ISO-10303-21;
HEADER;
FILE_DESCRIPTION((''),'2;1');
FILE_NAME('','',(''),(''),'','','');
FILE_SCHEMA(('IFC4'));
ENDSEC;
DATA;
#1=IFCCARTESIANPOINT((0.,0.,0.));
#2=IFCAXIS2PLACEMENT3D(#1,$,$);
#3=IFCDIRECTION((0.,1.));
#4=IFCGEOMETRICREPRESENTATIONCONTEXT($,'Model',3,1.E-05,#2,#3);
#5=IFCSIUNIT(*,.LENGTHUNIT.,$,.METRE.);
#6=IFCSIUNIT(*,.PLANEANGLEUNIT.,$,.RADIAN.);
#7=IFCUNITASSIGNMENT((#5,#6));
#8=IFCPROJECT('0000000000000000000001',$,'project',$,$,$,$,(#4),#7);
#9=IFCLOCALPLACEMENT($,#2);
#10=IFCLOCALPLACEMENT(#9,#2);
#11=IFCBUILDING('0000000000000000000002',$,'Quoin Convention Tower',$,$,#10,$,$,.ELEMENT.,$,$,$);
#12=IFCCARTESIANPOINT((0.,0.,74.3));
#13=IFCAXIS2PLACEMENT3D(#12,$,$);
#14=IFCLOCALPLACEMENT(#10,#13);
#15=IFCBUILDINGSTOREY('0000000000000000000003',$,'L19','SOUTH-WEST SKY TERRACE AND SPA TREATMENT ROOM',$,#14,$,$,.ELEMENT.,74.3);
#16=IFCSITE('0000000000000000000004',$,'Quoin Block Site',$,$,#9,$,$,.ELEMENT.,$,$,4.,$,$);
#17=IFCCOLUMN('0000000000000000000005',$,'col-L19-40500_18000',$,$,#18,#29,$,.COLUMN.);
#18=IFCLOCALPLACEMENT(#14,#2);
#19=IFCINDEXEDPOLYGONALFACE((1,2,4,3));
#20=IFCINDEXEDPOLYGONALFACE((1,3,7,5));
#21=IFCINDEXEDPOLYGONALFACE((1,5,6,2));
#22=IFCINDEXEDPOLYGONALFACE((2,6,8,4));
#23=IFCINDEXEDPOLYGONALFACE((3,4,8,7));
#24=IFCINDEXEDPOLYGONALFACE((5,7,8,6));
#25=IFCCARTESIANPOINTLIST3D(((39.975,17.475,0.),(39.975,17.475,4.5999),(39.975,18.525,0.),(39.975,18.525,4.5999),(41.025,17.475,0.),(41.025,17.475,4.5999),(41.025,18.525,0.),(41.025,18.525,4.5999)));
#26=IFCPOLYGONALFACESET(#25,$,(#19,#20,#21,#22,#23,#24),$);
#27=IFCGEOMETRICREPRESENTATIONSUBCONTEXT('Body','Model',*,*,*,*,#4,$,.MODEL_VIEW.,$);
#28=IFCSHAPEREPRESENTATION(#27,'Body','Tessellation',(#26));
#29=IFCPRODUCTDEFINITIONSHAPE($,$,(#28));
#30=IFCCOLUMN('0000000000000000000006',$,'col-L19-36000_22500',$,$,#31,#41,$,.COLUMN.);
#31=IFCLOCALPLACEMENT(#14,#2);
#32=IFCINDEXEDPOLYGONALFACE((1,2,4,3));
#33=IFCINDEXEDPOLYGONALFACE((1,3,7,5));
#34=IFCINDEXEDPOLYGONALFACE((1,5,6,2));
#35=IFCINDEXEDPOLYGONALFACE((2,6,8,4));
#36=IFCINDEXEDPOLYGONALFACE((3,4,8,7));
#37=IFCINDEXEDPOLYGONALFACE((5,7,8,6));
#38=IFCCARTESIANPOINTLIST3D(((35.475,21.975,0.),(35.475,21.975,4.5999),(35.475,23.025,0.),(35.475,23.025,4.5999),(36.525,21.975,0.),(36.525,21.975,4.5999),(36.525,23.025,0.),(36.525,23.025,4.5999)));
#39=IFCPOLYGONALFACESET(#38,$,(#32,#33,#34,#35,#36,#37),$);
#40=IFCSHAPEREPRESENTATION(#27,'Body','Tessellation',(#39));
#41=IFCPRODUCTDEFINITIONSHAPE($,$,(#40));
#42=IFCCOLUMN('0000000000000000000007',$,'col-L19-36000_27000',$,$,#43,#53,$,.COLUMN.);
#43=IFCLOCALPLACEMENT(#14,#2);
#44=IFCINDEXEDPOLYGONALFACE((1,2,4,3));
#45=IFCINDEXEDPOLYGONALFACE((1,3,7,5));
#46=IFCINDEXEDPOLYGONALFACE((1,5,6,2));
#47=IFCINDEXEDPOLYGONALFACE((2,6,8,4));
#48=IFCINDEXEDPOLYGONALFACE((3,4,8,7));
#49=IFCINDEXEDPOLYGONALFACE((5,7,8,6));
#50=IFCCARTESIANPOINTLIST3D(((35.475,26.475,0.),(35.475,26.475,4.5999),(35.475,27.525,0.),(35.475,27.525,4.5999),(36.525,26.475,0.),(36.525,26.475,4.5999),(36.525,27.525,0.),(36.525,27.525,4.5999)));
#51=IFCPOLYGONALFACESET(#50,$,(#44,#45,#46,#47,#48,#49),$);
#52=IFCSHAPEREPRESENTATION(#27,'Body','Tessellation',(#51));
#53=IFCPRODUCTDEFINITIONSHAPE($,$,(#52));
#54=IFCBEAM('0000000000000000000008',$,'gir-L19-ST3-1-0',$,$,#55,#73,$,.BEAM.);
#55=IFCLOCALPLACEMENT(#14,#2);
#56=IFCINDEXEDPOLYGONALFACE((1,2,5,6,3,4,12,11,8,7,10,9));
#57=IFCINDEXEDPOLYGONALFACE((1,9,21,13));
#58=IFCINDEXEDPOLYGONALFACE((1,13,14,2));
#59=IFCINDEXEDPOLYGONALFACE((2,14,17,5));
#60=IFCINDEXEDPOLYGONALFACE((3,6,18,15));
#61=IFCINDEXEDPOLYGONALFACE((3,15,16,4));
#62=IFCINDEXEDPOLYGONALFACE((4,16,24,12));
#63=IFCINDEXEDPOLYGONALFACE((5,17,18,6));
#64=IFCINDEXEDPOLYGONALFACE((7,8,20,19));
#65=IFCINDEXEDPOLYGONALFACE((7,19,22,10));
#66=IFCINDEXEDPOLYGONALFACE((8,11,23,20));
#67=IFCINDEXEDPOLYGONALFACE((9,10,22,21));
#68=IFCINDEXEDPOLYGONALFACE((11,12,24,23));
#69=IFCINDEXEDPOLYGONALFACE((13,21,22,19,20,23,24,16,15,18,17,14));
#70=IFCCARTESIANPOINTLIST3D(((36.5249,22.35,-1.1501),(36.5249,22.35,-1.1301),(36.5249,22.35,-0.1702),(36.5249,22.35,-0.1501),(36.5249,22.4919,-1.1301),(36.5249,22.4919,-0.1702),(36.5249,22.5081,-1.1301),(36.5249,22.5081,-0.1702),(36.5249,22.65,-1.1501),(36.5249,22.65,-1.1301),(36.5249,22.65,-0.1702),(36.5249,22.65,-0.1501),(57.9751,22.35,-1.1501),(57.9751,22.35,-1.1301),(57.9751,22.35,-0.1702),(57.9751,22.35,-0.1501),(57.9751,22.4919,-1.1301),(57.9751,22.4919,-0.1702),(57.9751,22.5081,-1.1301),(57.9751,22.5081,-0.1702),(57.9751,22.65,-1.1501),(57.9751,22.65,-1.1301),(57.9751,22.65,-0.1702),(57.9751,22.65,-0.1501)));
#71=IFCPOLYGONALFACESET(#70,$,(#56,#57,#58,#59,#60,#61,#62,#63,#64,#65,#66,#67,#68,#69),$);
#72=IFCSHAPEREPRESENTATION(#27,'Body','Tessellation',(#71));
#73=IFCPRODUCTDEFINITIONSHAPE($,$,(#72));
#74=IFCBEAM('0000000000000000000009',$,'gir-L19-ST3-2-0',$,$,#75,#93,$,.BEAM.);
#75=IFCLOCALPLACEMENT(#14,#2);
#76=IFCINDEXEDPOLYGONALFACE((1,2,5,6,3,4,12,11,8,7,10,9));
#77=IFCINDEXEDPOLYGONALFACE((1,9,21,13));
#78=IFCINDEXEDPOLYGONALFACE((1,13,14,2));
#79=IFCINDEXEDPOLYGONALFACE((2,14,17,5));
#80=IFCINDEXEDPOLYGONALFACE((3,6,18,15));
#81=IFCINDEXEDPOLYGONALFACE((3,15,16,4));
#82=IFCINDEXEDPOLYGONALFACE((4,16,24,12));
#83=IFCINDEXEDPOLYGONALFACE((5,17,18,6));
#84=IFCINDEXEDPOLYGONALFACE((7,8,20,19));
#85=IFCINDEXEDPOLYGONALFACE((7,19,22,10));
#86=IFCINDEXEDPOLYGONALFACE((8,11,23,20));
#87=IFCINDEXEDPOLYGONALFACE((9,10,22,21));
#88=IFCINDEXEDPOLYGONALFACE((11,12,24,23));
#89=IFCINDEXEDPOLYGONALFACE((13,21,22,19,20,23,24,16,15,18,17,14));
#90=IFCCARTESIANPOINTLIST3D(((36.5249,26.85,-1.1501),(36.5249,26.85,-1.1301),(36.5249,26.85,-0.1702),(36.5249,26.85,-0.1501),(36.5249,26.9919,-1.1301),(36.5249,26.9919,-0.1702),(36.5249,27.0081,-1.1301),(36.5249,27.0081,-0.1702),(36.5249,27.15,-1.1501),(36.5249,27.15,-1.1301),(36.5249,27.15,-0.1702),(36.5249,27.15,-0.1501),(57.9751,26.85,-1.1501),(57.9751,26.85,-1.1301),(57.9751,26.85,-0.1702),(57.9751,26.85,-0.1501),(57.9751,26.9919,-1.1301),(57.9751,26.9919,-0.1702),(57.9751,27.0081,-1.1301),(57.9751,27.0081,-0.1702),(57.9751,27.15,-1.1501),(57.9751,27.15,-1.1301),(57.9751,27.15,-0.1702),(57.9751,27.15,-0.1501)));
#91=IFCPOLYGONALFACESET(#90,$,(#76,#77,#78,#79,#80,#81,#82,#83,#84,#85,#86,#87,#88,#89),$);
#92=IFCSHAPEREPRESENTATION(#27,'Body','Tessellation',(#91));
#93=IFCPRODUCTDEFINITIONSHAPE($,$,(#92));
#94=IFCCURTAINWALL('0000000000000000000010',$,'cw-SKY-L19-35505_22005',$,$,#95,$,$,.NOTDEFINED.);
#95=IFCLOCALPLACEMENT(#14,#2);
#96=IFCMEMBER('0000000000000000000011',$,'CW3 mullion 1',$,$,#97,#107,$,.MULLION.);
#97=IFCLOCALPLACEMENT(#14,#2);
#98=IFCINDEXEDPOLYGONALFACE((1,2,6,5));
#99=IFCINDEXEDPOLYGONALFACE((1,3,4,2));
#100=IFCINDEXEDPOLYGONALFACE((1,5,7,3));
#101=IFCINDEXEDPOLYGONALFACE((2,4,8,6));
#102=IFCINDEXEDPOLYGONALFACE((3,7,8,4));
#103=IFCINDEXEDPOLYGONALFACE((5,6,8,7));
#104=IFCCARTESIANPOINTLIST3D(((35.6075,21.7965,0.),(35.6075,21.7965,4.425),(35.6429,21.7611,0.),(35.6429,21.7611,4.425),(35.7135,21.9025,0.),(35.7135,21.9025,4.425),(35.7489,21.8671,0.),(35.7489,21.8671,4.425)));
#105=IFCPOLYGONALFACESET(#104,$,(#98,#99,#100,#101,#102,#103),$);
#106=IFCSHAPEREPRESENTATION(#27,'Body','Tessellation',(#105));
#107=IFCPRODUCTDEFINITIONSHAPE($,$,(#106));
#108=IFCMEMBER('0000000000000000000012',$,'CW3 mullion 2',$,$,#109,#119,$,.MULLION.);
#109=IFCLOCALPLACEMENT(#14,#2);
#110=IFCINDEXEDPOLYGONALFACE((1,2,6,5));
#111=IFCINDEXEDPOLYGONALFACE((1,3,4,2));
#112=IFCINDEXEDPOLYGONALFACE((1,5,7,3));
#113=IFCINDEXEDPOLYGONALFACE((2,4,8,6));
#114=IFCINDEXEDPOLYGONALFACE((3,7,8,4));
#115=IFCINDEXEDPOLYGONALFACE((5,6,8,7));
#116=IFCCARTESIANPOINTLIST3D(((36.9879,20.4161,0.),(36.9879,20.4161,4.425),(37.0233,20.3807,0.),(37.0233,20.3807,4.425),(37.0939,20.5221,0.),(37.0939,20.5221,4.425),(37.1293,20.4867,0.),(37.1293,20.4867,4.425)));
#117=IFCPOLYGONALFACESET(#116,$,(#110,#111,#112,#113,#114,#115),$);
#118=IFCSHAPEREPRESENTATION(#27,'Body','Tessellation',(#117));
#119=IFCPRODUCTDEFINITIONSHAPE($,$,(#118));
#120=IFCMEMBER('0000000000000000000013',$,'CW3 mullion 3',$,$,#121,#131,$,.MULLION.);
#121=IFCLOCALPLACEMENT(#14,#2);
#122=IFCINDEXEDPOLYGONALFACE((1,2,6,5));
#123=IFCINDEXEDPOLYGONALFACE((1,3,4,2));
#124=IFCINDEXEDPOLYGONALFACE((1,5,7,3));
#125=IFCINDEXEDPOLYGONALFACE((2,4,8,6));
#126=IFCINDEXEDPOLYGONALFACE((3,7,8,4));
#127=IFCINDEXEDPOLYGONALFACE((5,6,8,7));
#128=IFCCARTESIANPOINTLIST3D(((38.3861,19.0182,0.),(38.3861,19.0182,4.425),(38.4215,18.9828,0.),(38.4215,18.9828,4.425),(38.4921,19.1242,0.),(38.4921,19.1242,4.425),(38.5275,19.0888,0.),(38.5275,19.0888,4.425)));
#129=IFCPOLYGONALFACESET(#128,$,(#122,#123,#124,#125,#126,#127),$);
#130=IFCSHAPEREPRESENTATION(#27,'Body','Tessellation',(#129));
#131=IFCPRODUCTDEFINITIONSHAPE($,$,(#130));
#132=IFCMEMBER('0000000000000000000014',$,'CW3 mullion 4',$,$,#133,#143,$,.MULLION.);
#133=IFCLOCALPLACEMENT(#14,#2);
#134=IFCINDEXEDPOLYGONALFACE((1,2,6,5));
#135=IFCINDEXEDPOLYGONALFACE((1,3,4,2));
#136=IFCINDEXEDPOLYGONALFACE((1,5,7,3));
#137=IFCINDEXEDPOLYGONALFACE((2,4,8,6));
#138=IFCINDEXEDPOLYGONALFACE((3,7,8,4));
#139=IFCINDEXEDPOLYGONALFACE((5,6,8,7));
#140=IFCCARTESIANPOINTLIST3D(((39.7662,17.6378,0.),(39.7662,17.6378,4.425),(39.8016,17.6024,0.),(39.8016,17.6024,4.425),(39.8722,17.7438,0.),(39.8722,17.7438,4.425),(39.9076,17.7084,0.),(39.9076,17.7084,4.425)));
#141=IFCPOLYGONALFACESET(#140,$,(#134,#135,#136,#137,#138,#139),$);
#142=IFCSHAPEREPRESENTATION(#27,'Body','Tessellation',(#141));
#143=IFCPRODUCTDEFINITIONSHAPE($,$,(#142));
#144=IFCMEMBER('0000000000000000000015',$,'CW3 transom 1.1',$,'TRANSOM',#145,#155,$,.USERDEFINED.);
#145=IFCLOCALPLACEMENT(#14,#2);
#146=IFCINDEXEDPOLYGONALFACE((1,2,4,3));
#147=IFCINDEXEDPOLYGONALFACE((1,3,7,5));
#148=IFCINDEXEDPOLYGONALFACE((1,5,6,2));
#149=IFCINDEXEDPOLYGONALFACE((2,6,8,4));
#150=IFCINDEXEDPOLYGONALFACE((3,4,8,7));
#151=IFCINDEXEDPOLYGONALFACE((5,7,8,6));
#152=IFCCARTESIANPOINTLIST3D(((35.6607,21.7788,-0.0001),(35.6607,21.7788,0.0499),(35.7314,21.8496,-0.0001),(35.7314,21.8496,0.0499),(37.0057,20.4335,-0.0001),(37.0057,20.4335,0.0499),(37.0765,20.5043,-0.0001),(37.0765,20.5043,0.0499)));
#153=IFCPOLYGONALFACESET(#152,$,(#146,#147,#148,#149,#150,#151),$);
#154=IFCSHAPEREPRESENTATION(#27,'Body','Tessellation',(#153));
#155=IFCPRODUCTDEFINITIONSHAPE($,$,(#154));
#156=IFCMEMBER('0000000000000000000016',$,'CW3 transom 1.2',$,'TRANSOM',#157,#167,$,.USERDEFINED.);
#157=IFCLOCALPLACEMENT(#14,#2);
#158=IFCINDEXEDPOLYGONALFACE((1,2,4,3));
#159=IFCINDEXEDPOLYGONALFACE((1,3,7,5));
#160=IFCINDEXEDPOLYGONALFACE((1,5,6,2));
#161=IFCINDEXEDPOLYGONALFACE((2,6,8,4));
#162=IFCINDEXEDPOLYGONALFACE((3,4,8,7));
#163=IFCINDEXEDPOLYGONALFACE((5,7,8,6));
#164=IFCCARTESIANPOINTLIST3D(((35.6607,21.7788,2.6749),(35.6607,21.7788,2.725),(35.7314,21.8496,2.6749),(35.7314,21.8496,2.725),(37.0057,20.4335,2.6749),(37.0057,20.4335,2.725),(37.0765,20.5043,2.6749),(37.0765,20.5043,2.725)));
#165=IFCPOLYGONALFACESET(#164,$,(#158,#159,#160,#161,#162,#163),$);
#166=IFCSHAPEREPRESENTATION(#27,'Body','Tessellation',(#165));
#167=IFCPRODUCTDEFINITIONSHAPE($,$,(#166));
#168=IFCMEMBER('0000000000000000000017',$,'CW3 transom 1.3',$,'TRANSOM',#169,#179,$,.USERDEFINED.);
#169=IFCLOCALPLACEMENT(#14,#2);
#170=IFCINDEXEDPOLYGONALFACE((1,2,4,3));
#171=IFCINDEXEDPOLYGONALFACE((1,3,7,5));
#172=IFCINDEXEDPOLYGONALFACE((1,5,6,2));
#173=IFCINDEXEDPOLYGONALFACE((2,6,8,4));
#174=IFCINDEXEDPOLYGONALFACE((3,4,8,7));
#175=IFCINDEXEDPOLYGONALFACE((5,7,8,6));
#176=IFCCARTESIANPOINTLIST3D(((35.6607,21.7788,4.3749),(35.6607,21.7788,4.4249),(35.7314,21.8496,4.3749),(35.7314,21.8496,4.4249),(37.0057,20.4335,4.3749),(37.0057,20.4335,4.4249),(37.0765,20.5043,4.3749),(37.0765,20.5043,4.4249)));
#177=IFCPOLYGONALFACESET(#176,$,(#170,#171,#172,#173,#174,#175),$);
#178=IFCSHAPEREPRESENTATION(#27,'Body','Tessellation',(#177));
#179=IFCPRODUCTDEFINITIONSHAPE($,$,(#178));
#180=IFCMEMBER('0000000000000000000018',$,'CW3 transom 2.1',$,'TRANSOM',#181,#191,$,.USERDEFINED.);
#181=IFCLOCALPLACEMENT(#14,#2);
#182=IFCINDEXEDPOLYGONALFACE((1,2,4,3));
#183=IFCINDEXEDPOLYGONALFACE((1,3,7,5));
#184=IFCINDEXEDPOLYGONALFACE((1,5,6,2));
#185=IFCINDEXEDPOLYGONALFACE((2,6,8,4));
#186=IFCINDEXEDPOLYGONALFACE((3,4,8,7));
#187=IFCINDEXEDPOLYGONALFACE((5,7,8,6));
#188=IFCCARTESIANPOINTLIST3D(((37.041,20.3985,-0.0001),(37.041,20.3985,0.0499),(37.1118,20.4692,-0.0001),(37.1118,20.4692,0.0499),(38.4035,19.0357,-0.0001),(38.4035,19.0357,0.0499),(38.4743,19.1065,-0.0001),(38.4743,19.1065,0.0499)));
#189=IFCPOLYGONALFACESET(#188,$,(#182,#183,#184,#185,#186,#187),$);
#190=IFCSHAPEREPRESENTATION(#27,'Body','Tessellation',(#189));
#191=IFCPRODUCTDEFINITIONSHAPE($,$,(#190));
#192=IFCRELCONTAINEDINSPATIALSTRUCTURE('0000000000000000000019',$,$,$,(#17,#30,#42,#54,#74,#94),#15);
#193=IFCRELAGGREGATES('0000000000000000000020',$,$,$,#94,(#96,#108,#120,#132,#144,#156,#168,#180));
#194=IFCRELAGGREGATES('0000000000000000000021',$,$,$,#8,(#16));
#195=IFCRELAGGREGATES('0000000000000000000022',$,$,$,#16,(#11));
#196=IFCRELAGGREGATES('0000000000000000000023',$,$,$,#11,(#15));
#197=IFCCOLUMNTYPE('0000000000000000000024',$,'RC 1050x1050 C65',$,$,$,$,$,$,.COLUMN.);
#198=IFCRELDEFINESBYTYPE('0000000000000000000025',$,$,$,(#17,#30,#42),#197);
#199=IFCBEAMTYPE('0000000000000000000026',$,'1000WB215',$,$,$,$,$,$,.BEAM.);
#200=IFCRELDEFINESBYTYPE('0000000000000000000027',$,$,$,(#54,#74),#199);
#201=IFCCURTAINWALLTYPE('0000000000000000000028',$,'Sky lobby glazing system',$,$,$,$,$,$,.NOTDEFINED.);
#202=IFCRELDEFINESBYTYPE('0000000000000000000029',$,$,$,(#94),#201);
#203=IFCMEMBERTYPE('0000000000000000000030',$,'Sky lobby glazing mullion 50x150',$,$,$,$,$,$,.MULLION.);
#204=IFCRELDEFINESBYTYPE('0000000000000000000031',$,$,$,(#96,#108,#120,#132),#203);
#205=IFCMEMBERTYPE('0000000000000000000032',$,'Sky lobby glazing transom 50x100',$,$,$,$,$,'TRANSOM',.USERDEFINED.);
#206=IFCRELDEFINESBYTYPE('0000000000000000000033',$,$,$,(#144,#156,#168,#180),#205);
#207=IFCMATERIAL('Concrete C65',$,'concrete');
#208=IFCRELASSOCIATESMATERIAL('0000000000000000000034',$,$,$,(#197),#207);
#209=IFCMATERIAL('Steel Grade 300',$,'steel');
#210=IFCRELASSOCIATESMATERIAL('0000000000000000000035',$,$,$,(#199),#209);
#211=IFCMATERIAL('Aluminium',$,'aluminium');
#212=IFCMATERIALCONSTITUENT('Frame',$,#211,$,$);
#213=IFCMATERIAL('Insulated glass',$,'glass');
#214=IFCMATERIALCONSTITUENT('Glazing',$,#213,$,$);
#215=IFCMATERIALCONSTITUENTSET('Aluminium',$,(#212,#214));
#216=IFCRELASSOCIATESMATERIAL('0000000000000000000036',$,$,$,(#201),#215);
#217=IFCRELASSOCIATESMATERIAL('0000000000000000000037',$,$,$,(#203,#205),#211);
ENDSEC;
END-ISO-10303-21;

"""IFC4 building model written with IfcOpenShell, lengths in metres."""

from ifc_helpers import new_model, si_unit, direction, frame, origin, origin_2d, place, context, subcontext, project, spatial, rectangle, i_section, extrude, material, constituent, constituent_set, material_profile, profile_set, type_object, element, aggregate, save


model = new_model("IFC4")

# Units and contexts
model_context = context("Model", 3, precision=1e-05, world=origin(), true_north=direction((0.0, 1.0)))
body_context = subcontext(model_context, "Body", "Model", "MODEL_VIEW")
ifc_project = project(units=[si_unit("LENGTHUNIT", "METRE"), si_unit("PLANEANGLEUNIT", "RADIAN")], contexts=[model_context])

# Site, building, storey
site_placement = place(None, origin())
site = spatial("IfcSite", under=ifc_project, at=site_placement, Name="Quoin Block Site", CompositionType="ELEMENT", RefElevation=4.0)
building_placement = place(site_placement, origin())
building = spatial("IfcBuilding", under=site, at=building_placement, Name="Quoin Convention Tower", CompositionType="ELEMENT")
storey_placement = place(building_placement, frame((0.0, 0.0, 74.3)))
storey = spatial("IfcBuildingStorey", under=building, at=storey_placement, Name="L19", Description="SOUTH-WEST SKY TERRACE AND SPA TREATMENT ROOM", CompositionType="ELEMENT", Elevation=74.3)

# Columns
ifc_material_1 = material(Name="Concrete C65", Category="concrete")
ifc_material_profile_1 = material_profile(ifc_material_1, rectangle(XDim=1.05, YDim=1.05, at=origin_2d()), Name="RC 1050x1050")
ifc_profile_set_1 = profile_set([ifc_material_profile_1], Name="Concrete C65")
column_type = type_object("IfcColumnType", Name="RC 1050x1050 C65", PredefinedType="COLUMN", material=ifc_profile_set_1)
for number, where, z_axis, x_axis, name in (
    (1, (40.5, 18.0, 0.0), (0.0, 0.0, 1.0), (1.0, 0.0, 0.0), "col-L19-40500_18000"),
    (2, (36.0, 22.5, 0.0), (0.0, 0.0, 1.0), (1.0, 0.0, 0.0), "col-L19-36000_22500"),
    (3, (36.0, 27.0, 0.0), (0.0, 0.0, 1.0), (1.0, 0.0, 0.0), "col-L19-36000_27000"),
):
    element("IfcColumn", number, at=place(storey_placement, frame(where, z_axis=z_axis, x_axis=x_axis)), inside=storey, type_object=column_type, Name=name, PredefinedType="COLUMN", context=body_context, shape_type="SweptSolid", body=[
        extrude(rectangle(XDim=1.05, YDim=1.05, at=origin_2d()), origin(), (0.0, 0.0, 1.0), 4.5999),
    ])

# Beams
ifc_material_2 = material(Name="Steel Grade 300", Category="steel")
ifc_material_profile_2 = material_profile(ifc_material_2, i_section(OverallWidth=0.3, OverallDepth=1.0, WebThickness=0.0161, FlangeThickness=0.02, at=origin_2d()), Name="1000WB215")
ifc_profile_set_2 = profile_set([ifc_material_profile_2], Name="Steel Grade 300")
beam_type = type_object("IfcBeamType", Name="1000WB215", PredefinedType="BEAM", material=ifc_profile_set_2)
for number, where, z_axis, x_axis, name in (
    (4, (36.5249, 22.5, -0.6501), (1.0, 0.0, 0.0), (0.0, 1.0, 0.0), "gir-L19-ST3-1-0"),
    (5, (36.5249, 27.0, -0.6501), (1.0, 0.0, 0.0), (0.0, 1.0, 0.0), "gir-L19-ST3-2-0"),
):
    element("IfcBeam", number, at=place(storey_placement, frame(where, z_axis=z_axis, x_axis=x_axis)), inside=storey, type_object=beam_type, Name=name, PredefinedType="BEAM", context=body_context, shape_type="SweptSolid", body=[
        extrude(i_section(OverallWidth=0.3, OverallDepth=1.0, WebThickness=0.0161, FlangeThickness=0.02, at=origin_2d()), origin(), (0.0, 0.0, 1.0), 21.4502),
    ])

# Curtain wall, members
ifc_material_3 = material(Name="Aluminium", Category="aluminium")
ifc_constituent_1 = constituent(ifc_material_3, Name="Frame")
ifc_material_4 = material(Name="Insulated glass", Category="glass")
ifc_constituent_2 = constituent(ifc_material_4, Name="Glazing")
ifc_constituent_set_1 = constituent_set(constituents=[ifc_constituent_1, ifc_constituent_2], Name="Aluminium")
curtain_wall_type = type_object("IfcCurtainWallType", Name="Sky lobby glazing system", PredefinedType="NOTDEFINED", material=ifc_constituent_set_1)
curtain_wall_placement = place(storey_placement, origin())
curtain_wall = element("IfcCurtainWall", 6, at=curtain_wall_placement, inside=storey, type_object=curtain_wall_type, Name="cw-SKY-L19-35505_22005", PredefinedType="NOTDEFINED")
ifc_material_profile_3 = material_profile(ifc_material_3, rectangle(XDim=0.1499, YDim=0.05, at=origin_2d()), Name="Sky lobby glazing mullion 50x150")
ifc_profile_set_3 = profile_set([ifc_material_profile_3], Name="Aluminium")
member_type_1 = type_object("IfcMemberType", Name="Sky lobby glazing mullion 50x150", PredefinedType="MULLION", material=ifc_profile_set_3)
member_1_placement = place(storey_placement, frame((35.6782, 21.8318, 0.0), z_axis=(0.0, 0.0, 1.0), x_axis=(0.707115, 0.707098, 0.0)))
member_1 = element("IfcMember", 7, at=member_1_placement, type_object=member_type_1, Name="CW3 mullion 1", PredefinedType="MULLION", context=body_context, shape_type="SweptSolid", body=[
    extrude(rectangle(XDim=0.1499, YDim=0.05, at=origin_2d()), origin(), (0.0, 0.0, 1.0), 4.425),
])
member_2_placement = place(storey_placement, frame((37.0586, 20.4514, 0.0), z_axis=(0.0, 0.0, 1.0), x_axis=(0.707115, 0.707098, 0.0)))
member_2 = element("IfcMember", 8, at=member_2_placement, type_object=member_type_1, Name="CW3 mullion 2", PredefinedType="MULLION", context=body_context, shape_type="SweptSolid", body=[
    extrude(rectangle(XDim=0.1499, YDim=0.05, at=origin_2d()), origin(), (0.0, 0.0, 1.0), 4.425),
])
member_3_placement = place(storey_placement, frame((38.4568, 19.0535, 0.0), z_axis=(0.0, 0.0, 1.0), x_axis=(0.707115, 0.707098, 0.0)))
member_3 = element("IfcMember", 9, at=member_3_placement, type_object=member_type_1, Name="CW3 mullion 3", PredefinedType="MULLION", context=body_context, shape_type="SweptSolid", body=[
    extrude(rectangle(XDim=0.1499, YDim=0.05, at=origin_2d()), origin(), (0.0, 0.0, 1.0), 4.425),
])
member_4_placement = place(storey_placement, frame((39.8369, 17.6731, 0.0), z_axis=(0.0, 0.0, 1.0), x_axis=(0.707115, 0.707098, 0.0)))
member_4 = element("IfcMember", 10, at=member_4_placement, type_object=member_type_1, Name="CW3 mullion 4", PredefinedType="MULLION", context=body_context, shape_type="SweptSolid", body=[
    extrude(rectangle(XDim=0.1499, YDim=0.05, at=origin_2d()), origin(), (0.0, 0.0, 1.0), 4.425),
])
ifc_material_profile_4 = material_profile(ifc_material_3, rectangle(XDim=0.1001, YDim=0.05, at=origin_2d()), Name="Sky lobby glazing transom 50x100")
ifc_profile_set_4 = profile_set([ifc_material_profile_4], Name="Aluminium")
member_type_2 = type_object("IfcMemberType", Name="Sky lobby glazing transom 50x100", ElementType="TRANSOM", PredefinedType="USERDEFINED", material=ifc_profile_set_4)
member_5_placement = place(storey_placement, frame((35.696, 21.8142, 0.0249), z_axis=(0.707043, -0.707171, 0.0), x_axis=(0.707171, 0.707043, 0.0)))
member_5 = element("IfcMember", 11, at=member_5_placement, type_object=member_type_2, Name="CW3 transom 1.1", ObjectType="TRANSOM", PredefinedType="USERDEFINED", context=body_context, shape_type="SweptSolid", body=[
    extrude(rectangle(XDim=0.1001, YDim=0.05, at=origin_2d()), origin(), (0.0, 0.0, 1.0), 1.9023),
])
member_6_placement = place(storey_placement, frame((35.696, 21.8142, 2.7), z_axis=(0.707043, -0.707171, 0.0), x_axis=(0.707171, 0.707043, 0.0)))
member_6 = element("IfcMember", 12, at=member_6_placement, type_object=member_type_2, Name="CW3 transom 1.2", ObjectType="TRANSOM", PredefinedType="USERDEFINED", context=body_context, shape_type="SweptSolid", body=[
    extrude(rectangle(XDim=0.1001, YDim=0.05, at=origin_2d()), origin(), (0.0, 0.0, 1.0), 1.9023),
])
member_7_placement = place(storey_placement, frame((35.696, 21.8142, 4.3999), z_axis=(0.707043, -0.707171, 0.0), x_axis=(0.707171, 0.707043, 0.0)))
member_7 = element("IfcMember", 13, at=member_7_placement, type_object=member_type_2, Name="CW3 transom 1.3", ObjectType="TRANSOM", PredefinedType="USERDEFINED", context=body_context, shape_type="SweptSolid", body=[
    extrude(rectangle(XDim=0.1001, YDim=0.05, at=origin_2d()), origin(), (0.0, 0.0, 1.0), 1.9023),
])
member_8_placement = place(storey_placement, frame((37.0764, 20.4338, 0.0249), z_axis=(0.707043, -0.70717, 0.0), x_axis=(0.70717, 0.707043, 0.0)))
member_8 = element("IfcMember", 14, at=member_8_placement, type_object=member_type_2, Name="CW3 transom 2.1", ObjectType="TRANSOM", PredefinedType="USERDEFINED", context=body_context, shape_type="SweptSolid", body=[
    extrude(rectangle(XDim=0.1001, YDim=0.05, at=origin_2d()), origin(), (0.0, 0.0, 1.0), 1.927),
])
aggregate(curtain_wall, [member_1, member_2, member_3, member_4, member_5, member_6, member_7, member_8])

save(model, "model.ifc")
